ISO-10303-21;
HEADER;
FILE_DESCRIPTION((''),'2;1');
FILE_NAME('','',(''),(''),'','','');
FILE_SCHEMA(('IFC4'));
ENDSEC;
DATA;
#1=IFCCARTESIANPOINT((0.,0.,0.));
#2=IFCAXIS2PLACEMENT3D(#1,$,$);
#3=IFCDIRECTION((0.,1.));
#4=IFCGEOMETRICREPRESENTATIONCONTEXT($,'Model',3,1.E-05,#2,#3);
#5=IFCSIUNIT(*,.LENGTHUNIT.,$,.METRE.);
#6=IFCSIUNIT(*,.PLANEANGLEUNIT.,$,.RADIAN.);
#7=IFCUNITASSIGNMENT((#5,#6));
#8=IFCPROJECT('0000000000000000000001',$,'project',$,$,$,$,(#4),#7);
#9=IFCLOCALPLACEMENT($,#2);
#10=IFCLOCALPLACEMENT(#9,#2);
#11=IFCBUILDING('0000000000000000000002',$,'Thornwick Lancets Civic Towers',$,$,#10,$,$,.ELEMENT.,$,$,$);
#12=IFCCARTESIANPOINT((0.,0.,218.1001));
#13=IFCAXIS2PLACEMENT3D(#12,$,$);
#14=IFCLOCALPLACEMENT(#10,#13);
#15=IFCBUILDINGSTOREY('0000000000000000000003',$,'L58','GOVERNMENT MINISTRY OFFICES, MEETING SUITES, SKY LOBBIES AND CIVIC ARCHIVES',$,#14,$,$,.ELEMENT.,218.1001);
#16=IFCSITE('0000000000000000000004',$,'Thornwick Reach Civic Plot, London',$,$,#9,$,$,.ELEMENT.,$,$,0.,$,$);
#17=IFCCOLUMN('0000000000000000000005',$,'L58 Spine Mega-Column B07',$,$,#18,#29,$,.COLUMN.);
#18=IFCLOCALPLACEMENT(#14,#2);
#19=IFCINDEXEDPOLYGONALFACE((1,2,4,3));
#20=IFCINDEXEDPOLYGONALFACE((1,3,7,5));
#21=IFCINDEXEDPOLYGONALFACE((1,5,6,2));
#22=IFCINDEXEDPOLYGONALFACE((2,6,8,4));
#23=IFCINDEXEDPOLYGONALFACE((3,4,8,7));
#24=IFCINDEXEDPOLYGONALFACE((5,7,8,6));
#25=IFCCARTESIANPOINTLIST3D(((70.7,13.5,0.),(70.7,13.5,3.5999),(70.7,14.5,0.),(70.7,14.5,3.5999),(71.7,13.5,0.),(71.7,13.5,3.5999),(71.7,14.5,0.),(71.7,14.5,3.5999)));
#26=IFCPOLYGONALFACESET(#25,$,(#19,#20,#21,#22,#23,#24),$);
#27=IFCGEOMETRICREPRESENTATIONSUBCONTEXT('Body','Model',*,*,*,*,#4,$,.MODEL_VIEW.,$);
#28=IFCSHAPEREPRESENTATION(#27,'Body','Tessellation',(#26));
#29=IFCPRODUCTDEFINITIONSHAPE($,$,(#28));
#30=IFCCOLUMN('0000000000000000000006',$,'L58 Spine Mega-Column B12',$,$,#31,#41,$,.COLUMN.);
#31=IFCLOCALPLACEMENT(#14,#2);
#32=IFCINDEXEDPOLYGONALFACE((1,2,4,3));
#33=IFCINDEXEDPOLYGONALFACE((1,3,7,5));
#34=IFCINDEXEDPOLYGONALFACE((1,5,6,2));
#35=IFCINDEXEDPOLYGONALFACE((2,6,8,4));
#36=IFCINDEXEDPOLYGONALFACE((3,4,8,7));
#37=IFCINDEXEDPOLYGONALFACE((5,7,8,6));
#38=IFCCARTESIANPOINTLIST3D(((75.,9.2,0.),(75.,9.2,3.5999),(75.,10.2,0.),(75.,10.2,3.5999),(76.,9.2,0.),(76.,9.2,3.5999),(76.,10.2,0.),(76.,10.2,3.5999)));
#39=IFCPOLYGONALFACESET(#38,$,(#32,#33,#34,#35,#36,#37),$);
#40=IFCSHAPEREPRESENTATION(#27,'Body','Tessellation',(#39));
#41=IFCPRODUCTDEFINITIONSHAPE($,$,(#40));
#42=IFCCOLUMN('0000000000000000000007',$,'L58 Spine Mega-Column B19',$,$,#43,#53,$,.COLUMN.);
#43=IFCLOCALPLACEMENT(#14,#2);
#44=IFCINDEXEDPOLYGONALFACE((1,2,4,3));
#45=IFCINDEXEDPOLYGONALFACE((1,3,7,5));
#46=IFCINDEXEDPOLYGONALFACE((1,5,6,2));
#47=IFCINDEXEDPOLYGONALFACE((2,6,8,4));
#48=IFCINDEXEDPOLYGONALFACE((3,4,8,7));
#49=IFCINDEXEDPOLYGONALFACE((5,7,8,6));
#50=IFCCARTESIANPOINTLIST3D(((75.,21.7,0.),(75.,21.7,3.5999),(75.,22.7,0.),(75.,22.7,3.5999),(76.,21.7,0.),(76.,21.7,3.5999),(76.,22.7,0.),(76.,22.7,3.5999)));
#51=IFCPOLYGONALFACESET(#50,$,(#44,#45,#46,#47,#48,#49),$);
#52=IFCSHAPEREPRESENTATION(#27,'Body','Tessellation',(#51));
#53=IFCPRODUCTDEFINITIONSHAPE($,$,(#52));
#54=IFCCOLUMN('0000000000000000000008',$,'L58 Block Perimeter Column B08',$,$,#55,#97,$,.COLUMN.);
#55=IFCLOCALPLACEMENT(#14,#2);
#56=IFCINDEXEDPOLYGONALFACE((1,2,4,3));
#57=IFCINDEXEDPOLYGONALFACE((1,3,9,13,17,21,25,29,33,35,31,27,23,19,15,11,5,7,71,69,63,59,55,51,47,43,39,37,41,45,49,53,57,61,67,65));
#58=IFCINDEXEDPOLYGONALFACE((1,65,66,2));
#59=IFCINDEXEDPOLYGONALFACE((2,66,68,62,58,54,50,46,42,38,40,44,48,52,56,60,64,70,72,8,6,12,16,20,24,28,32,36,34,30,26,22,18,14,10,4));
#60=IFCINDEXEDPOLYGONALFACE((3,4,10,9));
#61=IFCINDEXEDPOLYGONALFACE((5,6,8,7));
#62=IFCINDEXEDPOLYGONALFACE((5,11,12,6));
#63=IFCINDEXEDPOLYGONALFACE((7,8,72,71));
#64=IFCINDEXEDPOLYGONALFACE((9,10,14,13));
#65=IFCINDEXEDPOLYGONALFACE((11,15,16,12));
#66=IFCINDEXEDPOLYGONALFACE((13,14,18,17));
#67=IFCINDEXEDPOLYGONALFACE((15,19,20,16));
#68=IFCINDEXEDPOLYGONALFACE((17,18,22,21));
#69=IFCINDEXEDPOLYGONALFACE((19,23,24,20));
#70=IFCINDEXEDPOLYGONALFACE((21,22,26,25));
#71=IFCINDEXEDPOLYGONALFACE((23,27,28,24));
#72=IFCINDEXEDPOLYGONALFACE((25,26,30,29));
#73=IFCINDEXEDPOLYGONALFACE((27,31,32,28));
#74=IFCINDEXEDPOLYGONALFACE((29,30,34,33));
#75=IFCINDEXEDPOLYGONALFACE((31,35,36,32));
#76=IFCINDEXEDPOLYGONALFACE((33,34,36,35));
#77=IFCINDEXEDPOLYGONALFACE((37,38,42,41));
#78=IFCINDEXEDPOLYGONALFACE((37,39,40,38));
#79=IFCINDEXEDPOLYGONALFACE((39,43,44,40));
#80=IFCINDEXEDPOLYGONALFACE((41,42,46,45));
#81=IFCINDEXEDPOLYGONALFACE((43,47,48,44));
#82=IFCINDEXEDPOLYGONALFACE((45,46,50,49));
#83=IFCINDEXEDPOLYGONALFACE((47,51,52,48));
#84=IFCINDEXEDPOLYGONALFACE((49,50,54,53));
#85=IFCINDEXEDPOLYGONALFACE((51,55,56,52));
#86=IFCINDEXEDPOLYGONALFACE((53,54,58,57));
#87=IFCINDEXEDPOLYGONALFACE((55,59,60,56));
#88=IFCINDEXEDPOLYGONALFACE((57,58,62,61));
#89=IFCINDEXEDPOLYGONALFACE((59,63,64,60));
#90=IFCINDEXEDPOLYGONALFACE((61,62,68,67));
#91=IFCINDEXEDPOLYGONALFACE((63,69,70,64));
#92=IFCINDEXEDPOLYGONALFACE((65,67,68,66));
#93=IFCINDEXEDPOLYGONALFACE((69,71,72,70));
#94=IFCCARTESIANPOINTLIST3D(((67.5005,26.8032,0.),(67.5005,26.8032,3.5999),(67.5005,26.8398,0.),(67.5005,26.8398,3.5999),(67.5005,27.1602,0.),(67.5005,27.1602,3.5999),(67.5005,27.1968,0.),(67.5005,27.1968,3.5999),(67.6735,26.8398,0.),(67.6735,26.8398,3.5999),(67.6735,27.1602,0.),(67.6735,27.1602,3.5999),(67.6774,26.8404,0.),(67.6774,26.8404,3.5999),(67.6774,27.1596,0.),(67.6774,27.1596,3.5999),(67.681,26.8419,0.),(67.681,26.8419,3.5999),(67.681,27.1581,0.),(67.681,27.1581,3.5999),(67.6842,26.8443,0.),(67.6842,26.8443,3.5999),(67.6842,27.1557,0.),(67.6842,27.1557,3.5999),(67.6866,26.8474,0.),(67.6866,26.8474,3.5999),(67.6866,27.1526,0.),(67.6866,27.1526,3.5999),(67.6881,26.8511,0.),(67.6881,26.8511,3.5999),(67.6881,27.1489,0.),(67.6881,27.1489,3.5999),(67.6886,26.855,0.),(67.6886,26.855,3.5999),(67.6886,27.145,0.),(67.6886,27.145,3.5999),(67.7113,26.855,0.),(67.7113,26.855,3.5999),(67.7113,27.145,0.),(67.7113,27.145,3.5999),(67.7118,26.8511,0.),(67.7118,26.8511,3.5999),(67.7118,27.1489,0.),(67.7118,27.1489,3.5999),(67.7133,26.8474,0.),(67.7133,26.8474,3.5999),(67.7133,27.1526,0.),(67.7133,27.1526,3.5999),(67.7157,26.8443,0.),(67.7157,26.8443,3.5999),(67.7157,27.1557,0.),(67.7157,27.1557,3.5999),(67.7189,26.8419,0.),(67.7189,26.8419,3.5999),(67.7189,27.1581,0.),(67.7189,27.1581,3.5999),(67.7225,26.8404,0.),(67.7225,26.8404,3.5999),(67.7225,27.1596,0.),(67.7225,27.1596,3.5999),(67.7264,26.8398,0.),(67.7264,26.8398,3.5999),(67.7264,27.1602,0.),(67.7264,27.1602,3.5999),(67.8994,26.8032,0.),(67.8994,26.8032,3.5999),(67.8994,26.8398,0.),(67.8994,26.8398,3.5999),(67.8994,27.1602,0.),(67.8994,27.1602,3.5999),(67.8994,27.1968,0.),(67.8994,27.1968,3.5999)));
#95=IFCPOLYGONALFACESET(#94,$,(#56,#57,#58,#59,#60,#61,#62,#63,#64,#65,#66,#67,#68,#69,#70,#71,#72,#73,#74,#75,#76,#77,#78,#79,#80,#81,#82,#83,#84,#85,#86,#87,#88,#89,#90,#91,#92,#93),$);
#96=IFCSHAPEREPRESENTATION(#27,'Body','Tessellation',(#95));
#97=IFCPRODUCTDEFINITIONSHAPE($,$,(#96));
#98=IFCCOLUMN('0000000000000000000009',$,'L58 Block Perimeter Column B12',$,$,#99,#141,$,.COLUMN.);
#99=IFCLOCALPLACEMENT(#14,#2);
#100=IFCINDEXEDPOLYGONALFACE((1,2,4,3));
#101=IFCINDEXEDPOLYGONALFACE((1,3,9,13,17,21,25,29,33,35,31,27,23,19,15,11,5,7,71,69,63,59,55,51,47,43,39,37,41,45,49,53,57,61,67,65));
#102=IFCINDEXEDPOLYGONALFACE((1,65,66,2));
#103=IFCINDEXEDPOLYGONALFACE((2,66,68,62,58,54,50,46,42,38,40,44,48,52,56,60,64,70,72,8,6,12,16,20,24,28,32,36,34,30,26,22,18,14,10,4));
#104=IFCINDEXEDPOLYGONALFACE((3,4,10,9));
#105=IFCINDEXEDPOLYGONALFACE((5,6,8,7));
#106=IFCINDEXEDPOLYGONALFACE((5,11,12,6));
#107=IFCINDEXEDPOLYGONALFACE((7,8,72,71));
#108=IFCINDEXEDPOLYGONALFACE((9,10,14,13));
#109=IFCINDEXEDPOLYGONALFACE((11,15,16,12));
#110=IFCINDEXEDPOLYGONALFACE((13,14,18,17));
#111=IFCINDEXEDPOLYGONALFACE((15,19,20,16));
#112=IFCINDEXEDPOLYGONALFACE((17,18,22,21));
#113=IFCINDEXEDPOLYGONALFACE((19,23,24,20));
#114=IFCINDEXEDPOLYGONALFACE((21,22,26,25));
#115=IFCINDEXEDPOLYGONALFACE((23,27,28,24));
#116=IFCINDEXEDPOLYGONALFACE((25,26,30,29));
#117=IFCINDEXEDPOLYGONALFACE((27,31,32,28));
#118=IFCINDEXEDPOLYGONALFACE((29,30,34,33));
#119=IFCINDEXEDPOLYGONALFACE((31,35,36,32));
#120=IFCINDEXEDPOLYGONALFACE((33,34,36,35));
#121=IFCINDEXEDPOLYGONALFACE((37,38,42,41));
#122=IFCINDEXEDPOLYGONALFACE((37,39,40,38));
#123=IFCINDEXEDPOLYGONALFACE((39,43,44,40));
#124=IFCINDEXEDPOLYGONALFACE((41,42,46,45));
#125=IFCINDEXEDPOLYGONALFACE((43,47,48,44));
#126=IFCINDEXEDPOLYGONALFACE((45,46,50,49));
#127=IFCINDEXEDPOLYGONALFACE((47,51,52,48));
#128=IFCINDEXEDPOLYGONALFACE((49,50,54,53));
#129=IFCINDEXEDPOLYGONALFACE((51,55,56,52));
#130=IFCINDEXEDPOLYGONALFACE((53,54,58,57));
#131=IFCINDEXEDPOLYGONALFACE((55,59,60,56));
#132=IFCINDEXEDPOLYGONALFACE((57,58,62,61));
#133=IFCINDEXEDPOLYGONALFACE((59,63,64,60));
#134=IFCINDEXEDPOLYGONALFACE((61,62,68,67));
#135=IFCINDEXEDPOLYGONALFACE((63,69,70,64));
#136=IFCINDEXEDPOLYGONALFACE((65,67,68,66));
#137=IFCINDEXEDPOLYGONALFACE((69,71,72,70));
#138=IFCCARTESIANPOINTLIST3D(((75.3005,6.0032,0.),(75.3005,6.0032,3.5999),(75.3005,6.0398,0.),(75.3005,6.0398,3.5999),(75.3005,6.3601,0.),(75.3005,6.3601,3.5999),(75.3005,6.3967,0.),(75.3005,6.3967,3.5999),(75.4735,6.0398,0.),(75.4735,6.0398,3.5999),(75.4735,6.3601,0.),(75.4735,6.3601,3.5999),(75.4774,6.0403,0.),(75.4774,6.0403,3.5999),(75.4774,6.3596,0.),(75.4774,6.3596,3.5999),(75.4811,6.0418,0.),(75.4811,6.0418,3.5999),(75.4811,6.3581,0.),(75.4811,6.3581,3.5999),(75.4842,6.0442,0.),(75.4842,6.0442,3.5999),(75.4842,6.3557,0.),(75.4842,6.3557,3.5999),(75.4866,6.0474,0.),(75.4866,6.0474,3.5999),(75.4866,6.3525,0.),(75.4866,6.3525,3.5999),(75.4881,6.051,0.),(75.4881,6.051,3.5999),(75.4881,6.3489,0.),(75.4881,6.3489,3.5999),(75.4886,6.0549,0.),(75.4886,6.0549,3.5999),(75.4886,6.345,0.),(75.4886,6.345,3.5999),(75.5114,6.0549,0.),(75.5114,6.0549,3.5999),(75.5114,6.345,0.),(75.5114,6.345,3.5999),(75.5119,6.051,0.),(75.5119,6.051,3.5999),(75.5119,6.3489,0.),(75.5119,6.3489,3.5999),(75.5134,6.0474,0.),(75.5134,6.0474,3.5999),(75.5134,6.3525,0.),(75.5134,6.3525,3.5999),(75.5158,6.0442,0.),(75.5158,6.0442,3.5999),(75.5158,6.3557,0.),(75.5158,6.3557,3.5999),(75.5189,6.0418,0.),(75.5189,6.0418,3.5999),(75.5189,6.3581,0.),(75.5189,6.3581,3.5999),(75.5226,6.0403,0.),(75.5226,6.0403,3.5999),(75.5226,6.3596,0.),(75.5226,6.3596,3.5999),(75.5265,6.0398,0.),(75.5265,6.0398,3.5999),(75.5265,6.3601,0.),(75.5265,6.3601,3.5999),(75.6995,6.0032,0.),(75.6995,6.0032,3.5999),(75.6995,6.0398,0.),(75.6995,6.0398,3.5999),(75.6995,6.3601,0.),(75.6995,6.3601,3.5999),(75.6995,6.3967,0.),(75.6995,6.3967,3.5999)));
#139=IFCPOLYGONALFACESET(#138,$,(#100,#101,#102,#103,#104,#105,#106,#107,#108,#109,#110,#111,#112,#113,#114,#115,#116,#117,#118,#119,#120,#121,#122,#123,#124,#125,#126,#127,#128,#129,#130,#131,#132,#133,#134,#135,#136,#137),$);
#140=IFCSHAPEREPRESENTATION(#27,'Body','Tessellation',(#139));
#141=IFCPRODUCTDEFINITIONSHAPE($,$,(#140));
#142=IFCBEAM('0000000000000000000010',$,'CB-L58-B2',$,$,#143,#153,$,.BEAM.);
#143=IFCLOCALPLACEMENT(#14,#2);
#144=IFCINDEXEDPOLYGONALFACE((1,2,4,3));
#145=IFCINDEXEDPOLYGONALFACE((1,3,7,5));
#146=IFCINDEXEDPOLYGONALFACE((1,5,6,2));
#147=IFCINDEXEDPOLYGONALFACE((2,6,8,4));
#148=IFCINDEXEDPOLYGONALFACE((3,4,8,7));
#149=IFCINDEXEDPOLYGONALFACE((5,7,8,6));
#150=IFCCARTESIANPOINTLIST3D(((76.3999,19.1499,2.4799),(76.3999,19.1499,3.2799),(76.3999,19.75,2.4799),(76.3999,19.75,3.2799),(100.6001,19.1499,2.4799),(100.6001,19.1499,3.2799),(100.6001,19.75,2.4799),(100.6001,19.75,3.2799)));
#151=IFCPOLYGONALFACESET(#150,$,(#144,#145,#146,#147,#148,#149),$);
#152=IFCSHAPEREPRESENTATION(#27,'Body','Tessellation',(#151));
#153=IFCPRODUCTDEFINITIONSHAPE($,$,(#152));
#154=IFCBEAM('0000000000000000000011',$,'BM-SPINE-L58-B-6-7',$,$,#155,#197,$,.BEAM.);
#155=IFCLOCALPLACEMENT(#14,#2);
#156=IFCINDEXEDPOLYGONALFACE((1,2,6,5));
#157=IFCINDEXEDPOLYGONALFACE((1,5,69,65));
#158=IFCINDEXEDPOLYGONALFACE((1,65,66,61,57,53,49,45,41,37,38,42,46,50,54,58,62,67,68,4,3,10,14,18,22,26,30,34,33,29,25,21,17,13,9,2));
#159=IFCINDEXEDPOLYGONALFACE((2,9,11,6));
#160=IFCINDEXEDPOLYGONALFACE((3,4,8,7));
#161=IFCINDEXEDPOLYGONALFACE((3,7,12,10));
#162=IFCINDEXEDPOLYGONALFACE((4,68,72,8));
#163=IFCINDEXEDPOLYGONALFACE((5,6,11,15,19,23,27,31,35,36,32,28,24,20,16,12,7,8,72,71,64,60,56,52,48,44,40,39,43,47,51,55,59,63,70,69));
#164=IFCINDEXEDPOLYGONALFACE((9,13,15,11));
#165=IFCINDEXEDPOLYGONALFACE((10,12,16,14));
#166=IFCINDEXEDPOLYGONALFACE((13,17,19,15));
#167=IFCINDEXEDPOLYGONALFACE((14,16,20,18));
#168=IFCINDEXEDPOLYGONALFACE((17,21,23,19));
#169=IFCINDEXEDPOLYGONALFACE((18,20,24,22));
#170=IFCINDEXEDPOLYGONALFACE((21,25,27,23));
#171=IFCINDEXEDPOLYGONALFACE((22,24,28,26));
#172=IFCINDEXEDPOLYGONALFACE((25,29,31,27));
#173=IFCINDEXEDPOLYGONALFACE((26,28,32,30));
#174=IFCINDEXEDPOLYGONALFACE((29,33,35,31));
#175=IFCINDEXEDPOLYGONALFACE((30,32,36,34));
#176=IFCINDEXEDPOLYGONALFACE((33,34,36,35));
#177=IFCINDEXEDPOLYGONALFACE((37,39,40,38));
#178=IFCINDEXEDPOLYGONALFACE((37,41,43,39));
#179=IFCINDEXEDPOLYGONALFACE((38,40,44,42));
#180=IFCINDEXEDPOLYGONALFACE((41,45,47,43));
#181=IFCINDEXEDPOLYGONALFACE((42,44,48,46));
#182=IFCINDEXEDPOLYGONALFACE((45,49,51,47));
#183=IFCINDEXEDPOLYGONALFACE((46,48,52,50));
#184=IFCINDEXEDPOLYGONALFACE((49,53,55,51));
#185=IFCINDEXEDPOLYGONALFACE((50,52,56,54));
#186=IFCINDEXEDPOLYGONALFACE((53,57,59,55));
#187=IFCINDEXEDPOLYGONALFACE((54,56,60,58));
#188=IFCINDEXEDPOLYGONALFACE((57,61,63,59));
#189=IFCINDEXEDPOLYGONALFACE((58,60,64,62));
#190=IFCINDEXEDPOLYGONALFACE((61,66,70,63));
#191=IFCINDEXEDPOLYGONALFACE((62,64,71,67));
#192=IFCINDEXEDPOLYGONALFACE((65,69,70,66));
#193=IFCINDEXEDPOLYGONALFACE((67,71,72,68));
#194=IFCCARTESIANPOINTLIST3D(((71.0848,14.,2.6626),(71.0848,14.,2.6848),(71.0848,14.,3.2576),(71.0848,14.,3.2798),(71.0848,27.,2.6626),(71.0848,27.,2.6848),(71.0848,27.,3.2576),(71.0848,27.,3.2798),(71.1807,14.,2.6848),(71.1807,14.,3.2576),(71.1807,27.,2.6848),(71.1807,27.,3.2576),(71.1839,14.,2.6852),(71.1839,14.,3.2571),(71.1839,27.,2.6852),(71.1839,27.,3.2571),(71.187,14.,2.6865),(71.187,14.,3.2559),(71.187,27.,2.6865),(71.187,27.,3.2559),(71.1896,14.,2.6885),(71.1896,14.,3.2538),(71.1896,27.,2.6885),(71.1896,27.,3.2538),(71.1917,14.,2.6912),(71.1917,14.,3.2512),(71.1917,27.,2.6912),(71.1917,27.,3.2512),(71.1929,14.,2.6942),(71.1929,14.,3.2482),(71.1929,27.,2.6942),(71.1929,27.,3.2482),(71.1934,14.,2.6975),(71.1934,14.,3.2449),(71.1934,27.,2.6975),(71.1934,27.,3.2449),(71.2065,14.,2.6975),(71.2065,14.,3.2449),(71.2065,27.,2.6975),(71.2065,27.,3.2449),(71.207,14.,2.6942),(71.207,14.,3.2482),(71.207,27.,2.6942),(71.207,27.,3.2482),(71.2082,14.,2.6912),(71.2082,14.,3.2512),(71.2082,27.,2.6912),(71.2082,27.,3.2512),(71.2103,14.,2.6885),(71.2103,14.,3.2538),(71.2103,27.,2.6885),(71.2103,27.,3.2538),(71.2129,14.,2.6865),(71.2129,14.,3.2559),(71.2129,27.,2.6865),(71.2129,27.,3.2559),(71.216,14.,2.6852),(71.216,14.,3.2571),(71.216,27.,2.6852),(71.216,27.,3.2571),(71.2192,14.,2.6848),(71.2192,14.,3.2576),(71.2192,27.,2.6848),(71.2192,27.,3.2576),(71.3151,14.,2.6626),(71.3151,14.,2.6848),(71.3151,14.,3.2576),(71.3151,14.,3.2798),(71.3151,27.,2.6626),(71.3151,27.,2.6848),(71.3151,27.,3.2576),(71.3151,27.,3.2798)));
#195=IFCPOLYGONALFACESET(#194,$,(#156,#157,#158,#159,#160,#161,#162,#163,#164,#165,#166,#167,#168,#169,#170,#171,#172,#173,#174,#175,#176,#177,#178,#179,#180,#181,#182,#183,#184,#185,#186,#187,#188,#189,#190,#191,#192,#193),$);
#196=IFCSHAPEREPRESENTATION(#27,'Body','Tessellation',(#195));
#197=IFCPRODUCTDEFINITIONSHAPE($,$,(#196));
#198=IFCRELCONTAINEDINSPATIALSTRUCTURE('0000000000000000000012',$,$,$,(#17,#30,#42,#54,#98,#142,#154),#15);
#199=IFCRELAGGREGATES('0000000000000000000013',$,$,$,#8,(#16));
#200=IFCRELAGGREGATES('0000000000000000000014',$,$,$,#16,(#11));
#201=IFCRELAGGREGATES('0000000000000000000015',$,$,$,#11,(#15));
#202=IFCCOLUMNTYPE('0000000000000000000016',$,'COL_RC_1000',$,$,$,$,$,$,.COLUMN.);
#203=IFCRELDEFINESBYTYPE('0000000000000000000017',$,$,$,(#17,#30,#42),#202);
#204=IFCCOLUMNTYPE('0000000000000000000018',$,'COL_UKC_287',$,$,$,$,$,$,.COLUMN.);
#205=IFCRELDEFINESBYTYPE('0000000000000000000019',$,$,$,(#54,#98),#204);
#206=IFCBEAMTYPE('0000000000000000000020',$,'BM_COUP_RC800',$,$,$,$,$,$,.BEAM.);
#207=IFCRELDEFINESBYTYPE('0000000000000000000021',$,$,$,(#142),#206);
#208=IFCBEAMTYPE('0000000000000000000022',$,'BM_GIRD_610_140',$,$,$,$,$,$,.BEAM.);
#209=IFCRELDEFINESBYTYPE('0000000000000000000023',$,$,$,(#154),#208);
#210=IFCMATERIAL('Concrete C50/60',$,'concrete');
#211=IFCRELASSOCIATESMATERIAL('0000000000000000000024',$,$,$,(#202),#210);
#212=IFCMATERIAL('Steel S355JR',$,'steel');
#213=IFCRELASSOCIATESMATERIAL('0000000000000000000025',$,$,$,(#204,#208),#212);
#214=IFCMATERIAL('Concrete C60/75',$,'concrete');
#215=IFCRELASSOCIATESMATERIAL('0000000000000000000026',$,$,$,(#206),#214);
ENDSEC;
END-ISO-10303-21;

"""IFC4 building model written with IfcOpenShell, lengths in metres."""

from ifc_helpers import new_model, si_unit, direction, frame, origin, origin_2d, place, context, subcontext, project, spatial, rectangle, i_section, extrude, material, material_profile, profile_set, type_object, element, save


model = new_model("IFC4")

# Units and contexts
model_context = context("Model", 3, precision=1e-05, world=origin(), true_north=direction((0.0, 1.0)))
body_context = subcontext(model_context, "Body", "Model", "MODEL_VIEW")
ifc_project = project(units=[si_unit("LENGTHUNIT", "METRE"), si_unit("PLANEANGLEUNIT", "RADIAN")], contexts=[model_context])

# Site, building, storey
site_placement = place(None, origin())
site = spatial("IfcSite", under=ifc_project, at=site_placement, Name="Thornwick Reach Civic Plot, London", CompositionType="ELEMENT", RefElevation=0.0)
building_placement = place(site_placement, origin())
building = spatial("IfcBuilding", under=site, at=building_placement, Name="Thornwick Lancets Civic Towers", CompositionType="ELEMENT")
storey_placement = place(building_placement, frame((0.0, 0.0, 218.1001)))
storey = spatial("IfcBuildingStorey", under=building, at=storey_placement, Name="L58", Description="GOVERNMENT MINISTRY OFFICES, MEETING SUITES, SKY LOBBIES AND CIVIC ARCHIVES", CompositionType="ELEMENT", Elevation=218.1001)

# Columns
ifc_material_1 = material(Name="Concrete C50/60", Category="concrete")
ifc_material_profile_1 = material_profile(ifc_material_1, rectangle(XDim=1.0, YDim=1.0, at=origin_2d()), Name="RC 1000x1000")
ifc_profile_set_1 = profile_set([ifc_material_profile_1], Name="Concrete C50/60")
column_type_1 = type_object("IfcColumnType", Name="COL_RC_1000", PredefinedType="COLUMN", material=ifc_profile_set_1)
for number, where, z_axis, x_axis, name in (
    (1, (71.2, 14.0, 0.0), (0.0, 0.0, 1.0), (1.0, 0.0, 0.0), "L58 Spine Mega-Column B07"),
    (2, (75.5, 9.7, 0.0), (0.0, 0.0, 1.0), (1.0, 0.0, 0.0), "L58 Spine Mega-Column B12"),
    (3, (75.5, 22.2, 0.0), (0.0, 0.0, 1.0), (1.0, 0.0, 0.0), "L58 Spine Mega-Column B19"),
):
    element("IfcColumn", number, at=place(storey_placement, frame(where, z_axis=z_axis, x_axis=x_axis)), inside=storey, type_object=column_type_1, Name=name, PredefinedType="COLUMN", context=body_context, shape_type="SweptSolid", body=[
        extrude(rectangle(XDim=1.0, YDim=1.0, at=origin_2d()), origin(), (0.0, 0.0, 1.0), 3.5999),
    ])
ifc_material_2 = material(Name="Steel S355JR", Category="steel")
ifc_material_profile_2 = material_profile(ifc_material_2, i_section(OverallWidth=0.3989, OverallDepth=0.3936, WebThickness=0.0227, FlangeThickness=0.0366, FilletRadius=0.0151, at=origin_2d()), Name="UKC 356x406x287")
ifc_profile_set_2 = profile_set([ifc_material_profile_2], Name="Steel S355JR")
column_type_2 = type_object("IfcColumnType", Name="COL_UKC_287", PredefinedType="COLUMN", material=ifc_profile_set_2)
for number, where, z_axis, x_axis, name in (
    (4, (67.7, 27.0, 0.0), (0.0, 0.0, 1.0), (1.0, 0.0, 0.0), "L58 Block Perimeter Column B08"),
    (5, (75.5, 6.2, 0.0), (0.0, 0.0, 1.0), (1.0, 0.0, 0.0), "L58 Block Perimeter Column B12"),
):
    element("IfcColumn", number, at=place(storey_placement, frame(where, z_axis=z_axis, x_axis=x_axis)), inside=storey, type_object=column_type_2, Name=name, PredefinedType="COLUMN", context=body_context, shape_type="SweptSolid", body=[
        extrude(i_section(OverallWidth=0.3989, OverallDepth=0.3936, WebThickness=0.0227, FlangeThickness=0.0366, FilletRadius=0.0151, at=origin_2d()), origin(), (0.0, 0.0, 1.0), 3.5999),
    ])

# Beams
ifc_material_3 = material(Name="Concrete C60/75", Category="concrete")
ifc_material_profile_3 = material_profile(ifc_material_3, rectangle(XDim=0.6001, YDim=0.8, at=origin_2d()), Name="RC 600x800")
ifc_profile_set_3 = profile_set([ifc_material_profile_3], Name="Concrete C60/75")
beam_type_1 = type_object("IfcBeamType", Name="BM_COUP_RC800", PredefinedType="BEAM", material=ifc_profile_set_3)
beam_1_placement = place(storey_placement, frame((76.3999, 19.45, 2.8799), z_axis=(1.0, 0.0, 0.0), x_axis=(0.0, 1.0, 0.0)))
element("IfcBeam", 6, at=beam_1_placement, inside=storey, type_object=beam_type_1, Name="CB-L58-B2", PredefinedType="BEAM", context=body_context, shape_type="SweptSolid", body=[
    extrude(rectangle(XDim=0.6001, YDim=0.8, at=origin_2d()), origin(), (0.0, 0.0, 1.0), 24.2002),
])
ifc_material_profile_4 = material_profile(ifc_material_2, i_section(OverallWidth=0.2302, OverallDepth=0.6172, WebThickness=0.0132, FlangeThickness=0.0222, FilletRadius=0.0127, at=origin_2d()), Name="UKB 610x229x140")
ifc_profile_set_4 = profile_set([ifc_material_profile_4], Name="Steel S355JR")
beam_type_2 = type_object("IfcBeamType", Name="BM_GIRD_610_140", PredefinedType="BEAM", material=ifc_profile_set_4)
beam_2_placement = place(storey_placement, frame((71.2, 14.0, 2.9712), z_axis=(0.0, 1.0, 0.0), x_axis=(-1.0, 0.0, 0.0)))
element("IfcBeam", 7, at=beam_2_placement, inside=storey, type_object=beam_type_2, Name="BM-SPINE-L58-B-6-7", PredefinedType="BEAM", context=body_context, shape_type="SweptSolid", body=[
    extrude(i_section(OverallWidth=0.2302, OverallDepth=0.6172, WebThickness=0.0132, FlangeThickness=0.0222, FilletRadius=0.0127, at=origin_2d()), origin(), (0.0, 0.0, 1.0), 13.0),
])

save(model, "model.ifc")
